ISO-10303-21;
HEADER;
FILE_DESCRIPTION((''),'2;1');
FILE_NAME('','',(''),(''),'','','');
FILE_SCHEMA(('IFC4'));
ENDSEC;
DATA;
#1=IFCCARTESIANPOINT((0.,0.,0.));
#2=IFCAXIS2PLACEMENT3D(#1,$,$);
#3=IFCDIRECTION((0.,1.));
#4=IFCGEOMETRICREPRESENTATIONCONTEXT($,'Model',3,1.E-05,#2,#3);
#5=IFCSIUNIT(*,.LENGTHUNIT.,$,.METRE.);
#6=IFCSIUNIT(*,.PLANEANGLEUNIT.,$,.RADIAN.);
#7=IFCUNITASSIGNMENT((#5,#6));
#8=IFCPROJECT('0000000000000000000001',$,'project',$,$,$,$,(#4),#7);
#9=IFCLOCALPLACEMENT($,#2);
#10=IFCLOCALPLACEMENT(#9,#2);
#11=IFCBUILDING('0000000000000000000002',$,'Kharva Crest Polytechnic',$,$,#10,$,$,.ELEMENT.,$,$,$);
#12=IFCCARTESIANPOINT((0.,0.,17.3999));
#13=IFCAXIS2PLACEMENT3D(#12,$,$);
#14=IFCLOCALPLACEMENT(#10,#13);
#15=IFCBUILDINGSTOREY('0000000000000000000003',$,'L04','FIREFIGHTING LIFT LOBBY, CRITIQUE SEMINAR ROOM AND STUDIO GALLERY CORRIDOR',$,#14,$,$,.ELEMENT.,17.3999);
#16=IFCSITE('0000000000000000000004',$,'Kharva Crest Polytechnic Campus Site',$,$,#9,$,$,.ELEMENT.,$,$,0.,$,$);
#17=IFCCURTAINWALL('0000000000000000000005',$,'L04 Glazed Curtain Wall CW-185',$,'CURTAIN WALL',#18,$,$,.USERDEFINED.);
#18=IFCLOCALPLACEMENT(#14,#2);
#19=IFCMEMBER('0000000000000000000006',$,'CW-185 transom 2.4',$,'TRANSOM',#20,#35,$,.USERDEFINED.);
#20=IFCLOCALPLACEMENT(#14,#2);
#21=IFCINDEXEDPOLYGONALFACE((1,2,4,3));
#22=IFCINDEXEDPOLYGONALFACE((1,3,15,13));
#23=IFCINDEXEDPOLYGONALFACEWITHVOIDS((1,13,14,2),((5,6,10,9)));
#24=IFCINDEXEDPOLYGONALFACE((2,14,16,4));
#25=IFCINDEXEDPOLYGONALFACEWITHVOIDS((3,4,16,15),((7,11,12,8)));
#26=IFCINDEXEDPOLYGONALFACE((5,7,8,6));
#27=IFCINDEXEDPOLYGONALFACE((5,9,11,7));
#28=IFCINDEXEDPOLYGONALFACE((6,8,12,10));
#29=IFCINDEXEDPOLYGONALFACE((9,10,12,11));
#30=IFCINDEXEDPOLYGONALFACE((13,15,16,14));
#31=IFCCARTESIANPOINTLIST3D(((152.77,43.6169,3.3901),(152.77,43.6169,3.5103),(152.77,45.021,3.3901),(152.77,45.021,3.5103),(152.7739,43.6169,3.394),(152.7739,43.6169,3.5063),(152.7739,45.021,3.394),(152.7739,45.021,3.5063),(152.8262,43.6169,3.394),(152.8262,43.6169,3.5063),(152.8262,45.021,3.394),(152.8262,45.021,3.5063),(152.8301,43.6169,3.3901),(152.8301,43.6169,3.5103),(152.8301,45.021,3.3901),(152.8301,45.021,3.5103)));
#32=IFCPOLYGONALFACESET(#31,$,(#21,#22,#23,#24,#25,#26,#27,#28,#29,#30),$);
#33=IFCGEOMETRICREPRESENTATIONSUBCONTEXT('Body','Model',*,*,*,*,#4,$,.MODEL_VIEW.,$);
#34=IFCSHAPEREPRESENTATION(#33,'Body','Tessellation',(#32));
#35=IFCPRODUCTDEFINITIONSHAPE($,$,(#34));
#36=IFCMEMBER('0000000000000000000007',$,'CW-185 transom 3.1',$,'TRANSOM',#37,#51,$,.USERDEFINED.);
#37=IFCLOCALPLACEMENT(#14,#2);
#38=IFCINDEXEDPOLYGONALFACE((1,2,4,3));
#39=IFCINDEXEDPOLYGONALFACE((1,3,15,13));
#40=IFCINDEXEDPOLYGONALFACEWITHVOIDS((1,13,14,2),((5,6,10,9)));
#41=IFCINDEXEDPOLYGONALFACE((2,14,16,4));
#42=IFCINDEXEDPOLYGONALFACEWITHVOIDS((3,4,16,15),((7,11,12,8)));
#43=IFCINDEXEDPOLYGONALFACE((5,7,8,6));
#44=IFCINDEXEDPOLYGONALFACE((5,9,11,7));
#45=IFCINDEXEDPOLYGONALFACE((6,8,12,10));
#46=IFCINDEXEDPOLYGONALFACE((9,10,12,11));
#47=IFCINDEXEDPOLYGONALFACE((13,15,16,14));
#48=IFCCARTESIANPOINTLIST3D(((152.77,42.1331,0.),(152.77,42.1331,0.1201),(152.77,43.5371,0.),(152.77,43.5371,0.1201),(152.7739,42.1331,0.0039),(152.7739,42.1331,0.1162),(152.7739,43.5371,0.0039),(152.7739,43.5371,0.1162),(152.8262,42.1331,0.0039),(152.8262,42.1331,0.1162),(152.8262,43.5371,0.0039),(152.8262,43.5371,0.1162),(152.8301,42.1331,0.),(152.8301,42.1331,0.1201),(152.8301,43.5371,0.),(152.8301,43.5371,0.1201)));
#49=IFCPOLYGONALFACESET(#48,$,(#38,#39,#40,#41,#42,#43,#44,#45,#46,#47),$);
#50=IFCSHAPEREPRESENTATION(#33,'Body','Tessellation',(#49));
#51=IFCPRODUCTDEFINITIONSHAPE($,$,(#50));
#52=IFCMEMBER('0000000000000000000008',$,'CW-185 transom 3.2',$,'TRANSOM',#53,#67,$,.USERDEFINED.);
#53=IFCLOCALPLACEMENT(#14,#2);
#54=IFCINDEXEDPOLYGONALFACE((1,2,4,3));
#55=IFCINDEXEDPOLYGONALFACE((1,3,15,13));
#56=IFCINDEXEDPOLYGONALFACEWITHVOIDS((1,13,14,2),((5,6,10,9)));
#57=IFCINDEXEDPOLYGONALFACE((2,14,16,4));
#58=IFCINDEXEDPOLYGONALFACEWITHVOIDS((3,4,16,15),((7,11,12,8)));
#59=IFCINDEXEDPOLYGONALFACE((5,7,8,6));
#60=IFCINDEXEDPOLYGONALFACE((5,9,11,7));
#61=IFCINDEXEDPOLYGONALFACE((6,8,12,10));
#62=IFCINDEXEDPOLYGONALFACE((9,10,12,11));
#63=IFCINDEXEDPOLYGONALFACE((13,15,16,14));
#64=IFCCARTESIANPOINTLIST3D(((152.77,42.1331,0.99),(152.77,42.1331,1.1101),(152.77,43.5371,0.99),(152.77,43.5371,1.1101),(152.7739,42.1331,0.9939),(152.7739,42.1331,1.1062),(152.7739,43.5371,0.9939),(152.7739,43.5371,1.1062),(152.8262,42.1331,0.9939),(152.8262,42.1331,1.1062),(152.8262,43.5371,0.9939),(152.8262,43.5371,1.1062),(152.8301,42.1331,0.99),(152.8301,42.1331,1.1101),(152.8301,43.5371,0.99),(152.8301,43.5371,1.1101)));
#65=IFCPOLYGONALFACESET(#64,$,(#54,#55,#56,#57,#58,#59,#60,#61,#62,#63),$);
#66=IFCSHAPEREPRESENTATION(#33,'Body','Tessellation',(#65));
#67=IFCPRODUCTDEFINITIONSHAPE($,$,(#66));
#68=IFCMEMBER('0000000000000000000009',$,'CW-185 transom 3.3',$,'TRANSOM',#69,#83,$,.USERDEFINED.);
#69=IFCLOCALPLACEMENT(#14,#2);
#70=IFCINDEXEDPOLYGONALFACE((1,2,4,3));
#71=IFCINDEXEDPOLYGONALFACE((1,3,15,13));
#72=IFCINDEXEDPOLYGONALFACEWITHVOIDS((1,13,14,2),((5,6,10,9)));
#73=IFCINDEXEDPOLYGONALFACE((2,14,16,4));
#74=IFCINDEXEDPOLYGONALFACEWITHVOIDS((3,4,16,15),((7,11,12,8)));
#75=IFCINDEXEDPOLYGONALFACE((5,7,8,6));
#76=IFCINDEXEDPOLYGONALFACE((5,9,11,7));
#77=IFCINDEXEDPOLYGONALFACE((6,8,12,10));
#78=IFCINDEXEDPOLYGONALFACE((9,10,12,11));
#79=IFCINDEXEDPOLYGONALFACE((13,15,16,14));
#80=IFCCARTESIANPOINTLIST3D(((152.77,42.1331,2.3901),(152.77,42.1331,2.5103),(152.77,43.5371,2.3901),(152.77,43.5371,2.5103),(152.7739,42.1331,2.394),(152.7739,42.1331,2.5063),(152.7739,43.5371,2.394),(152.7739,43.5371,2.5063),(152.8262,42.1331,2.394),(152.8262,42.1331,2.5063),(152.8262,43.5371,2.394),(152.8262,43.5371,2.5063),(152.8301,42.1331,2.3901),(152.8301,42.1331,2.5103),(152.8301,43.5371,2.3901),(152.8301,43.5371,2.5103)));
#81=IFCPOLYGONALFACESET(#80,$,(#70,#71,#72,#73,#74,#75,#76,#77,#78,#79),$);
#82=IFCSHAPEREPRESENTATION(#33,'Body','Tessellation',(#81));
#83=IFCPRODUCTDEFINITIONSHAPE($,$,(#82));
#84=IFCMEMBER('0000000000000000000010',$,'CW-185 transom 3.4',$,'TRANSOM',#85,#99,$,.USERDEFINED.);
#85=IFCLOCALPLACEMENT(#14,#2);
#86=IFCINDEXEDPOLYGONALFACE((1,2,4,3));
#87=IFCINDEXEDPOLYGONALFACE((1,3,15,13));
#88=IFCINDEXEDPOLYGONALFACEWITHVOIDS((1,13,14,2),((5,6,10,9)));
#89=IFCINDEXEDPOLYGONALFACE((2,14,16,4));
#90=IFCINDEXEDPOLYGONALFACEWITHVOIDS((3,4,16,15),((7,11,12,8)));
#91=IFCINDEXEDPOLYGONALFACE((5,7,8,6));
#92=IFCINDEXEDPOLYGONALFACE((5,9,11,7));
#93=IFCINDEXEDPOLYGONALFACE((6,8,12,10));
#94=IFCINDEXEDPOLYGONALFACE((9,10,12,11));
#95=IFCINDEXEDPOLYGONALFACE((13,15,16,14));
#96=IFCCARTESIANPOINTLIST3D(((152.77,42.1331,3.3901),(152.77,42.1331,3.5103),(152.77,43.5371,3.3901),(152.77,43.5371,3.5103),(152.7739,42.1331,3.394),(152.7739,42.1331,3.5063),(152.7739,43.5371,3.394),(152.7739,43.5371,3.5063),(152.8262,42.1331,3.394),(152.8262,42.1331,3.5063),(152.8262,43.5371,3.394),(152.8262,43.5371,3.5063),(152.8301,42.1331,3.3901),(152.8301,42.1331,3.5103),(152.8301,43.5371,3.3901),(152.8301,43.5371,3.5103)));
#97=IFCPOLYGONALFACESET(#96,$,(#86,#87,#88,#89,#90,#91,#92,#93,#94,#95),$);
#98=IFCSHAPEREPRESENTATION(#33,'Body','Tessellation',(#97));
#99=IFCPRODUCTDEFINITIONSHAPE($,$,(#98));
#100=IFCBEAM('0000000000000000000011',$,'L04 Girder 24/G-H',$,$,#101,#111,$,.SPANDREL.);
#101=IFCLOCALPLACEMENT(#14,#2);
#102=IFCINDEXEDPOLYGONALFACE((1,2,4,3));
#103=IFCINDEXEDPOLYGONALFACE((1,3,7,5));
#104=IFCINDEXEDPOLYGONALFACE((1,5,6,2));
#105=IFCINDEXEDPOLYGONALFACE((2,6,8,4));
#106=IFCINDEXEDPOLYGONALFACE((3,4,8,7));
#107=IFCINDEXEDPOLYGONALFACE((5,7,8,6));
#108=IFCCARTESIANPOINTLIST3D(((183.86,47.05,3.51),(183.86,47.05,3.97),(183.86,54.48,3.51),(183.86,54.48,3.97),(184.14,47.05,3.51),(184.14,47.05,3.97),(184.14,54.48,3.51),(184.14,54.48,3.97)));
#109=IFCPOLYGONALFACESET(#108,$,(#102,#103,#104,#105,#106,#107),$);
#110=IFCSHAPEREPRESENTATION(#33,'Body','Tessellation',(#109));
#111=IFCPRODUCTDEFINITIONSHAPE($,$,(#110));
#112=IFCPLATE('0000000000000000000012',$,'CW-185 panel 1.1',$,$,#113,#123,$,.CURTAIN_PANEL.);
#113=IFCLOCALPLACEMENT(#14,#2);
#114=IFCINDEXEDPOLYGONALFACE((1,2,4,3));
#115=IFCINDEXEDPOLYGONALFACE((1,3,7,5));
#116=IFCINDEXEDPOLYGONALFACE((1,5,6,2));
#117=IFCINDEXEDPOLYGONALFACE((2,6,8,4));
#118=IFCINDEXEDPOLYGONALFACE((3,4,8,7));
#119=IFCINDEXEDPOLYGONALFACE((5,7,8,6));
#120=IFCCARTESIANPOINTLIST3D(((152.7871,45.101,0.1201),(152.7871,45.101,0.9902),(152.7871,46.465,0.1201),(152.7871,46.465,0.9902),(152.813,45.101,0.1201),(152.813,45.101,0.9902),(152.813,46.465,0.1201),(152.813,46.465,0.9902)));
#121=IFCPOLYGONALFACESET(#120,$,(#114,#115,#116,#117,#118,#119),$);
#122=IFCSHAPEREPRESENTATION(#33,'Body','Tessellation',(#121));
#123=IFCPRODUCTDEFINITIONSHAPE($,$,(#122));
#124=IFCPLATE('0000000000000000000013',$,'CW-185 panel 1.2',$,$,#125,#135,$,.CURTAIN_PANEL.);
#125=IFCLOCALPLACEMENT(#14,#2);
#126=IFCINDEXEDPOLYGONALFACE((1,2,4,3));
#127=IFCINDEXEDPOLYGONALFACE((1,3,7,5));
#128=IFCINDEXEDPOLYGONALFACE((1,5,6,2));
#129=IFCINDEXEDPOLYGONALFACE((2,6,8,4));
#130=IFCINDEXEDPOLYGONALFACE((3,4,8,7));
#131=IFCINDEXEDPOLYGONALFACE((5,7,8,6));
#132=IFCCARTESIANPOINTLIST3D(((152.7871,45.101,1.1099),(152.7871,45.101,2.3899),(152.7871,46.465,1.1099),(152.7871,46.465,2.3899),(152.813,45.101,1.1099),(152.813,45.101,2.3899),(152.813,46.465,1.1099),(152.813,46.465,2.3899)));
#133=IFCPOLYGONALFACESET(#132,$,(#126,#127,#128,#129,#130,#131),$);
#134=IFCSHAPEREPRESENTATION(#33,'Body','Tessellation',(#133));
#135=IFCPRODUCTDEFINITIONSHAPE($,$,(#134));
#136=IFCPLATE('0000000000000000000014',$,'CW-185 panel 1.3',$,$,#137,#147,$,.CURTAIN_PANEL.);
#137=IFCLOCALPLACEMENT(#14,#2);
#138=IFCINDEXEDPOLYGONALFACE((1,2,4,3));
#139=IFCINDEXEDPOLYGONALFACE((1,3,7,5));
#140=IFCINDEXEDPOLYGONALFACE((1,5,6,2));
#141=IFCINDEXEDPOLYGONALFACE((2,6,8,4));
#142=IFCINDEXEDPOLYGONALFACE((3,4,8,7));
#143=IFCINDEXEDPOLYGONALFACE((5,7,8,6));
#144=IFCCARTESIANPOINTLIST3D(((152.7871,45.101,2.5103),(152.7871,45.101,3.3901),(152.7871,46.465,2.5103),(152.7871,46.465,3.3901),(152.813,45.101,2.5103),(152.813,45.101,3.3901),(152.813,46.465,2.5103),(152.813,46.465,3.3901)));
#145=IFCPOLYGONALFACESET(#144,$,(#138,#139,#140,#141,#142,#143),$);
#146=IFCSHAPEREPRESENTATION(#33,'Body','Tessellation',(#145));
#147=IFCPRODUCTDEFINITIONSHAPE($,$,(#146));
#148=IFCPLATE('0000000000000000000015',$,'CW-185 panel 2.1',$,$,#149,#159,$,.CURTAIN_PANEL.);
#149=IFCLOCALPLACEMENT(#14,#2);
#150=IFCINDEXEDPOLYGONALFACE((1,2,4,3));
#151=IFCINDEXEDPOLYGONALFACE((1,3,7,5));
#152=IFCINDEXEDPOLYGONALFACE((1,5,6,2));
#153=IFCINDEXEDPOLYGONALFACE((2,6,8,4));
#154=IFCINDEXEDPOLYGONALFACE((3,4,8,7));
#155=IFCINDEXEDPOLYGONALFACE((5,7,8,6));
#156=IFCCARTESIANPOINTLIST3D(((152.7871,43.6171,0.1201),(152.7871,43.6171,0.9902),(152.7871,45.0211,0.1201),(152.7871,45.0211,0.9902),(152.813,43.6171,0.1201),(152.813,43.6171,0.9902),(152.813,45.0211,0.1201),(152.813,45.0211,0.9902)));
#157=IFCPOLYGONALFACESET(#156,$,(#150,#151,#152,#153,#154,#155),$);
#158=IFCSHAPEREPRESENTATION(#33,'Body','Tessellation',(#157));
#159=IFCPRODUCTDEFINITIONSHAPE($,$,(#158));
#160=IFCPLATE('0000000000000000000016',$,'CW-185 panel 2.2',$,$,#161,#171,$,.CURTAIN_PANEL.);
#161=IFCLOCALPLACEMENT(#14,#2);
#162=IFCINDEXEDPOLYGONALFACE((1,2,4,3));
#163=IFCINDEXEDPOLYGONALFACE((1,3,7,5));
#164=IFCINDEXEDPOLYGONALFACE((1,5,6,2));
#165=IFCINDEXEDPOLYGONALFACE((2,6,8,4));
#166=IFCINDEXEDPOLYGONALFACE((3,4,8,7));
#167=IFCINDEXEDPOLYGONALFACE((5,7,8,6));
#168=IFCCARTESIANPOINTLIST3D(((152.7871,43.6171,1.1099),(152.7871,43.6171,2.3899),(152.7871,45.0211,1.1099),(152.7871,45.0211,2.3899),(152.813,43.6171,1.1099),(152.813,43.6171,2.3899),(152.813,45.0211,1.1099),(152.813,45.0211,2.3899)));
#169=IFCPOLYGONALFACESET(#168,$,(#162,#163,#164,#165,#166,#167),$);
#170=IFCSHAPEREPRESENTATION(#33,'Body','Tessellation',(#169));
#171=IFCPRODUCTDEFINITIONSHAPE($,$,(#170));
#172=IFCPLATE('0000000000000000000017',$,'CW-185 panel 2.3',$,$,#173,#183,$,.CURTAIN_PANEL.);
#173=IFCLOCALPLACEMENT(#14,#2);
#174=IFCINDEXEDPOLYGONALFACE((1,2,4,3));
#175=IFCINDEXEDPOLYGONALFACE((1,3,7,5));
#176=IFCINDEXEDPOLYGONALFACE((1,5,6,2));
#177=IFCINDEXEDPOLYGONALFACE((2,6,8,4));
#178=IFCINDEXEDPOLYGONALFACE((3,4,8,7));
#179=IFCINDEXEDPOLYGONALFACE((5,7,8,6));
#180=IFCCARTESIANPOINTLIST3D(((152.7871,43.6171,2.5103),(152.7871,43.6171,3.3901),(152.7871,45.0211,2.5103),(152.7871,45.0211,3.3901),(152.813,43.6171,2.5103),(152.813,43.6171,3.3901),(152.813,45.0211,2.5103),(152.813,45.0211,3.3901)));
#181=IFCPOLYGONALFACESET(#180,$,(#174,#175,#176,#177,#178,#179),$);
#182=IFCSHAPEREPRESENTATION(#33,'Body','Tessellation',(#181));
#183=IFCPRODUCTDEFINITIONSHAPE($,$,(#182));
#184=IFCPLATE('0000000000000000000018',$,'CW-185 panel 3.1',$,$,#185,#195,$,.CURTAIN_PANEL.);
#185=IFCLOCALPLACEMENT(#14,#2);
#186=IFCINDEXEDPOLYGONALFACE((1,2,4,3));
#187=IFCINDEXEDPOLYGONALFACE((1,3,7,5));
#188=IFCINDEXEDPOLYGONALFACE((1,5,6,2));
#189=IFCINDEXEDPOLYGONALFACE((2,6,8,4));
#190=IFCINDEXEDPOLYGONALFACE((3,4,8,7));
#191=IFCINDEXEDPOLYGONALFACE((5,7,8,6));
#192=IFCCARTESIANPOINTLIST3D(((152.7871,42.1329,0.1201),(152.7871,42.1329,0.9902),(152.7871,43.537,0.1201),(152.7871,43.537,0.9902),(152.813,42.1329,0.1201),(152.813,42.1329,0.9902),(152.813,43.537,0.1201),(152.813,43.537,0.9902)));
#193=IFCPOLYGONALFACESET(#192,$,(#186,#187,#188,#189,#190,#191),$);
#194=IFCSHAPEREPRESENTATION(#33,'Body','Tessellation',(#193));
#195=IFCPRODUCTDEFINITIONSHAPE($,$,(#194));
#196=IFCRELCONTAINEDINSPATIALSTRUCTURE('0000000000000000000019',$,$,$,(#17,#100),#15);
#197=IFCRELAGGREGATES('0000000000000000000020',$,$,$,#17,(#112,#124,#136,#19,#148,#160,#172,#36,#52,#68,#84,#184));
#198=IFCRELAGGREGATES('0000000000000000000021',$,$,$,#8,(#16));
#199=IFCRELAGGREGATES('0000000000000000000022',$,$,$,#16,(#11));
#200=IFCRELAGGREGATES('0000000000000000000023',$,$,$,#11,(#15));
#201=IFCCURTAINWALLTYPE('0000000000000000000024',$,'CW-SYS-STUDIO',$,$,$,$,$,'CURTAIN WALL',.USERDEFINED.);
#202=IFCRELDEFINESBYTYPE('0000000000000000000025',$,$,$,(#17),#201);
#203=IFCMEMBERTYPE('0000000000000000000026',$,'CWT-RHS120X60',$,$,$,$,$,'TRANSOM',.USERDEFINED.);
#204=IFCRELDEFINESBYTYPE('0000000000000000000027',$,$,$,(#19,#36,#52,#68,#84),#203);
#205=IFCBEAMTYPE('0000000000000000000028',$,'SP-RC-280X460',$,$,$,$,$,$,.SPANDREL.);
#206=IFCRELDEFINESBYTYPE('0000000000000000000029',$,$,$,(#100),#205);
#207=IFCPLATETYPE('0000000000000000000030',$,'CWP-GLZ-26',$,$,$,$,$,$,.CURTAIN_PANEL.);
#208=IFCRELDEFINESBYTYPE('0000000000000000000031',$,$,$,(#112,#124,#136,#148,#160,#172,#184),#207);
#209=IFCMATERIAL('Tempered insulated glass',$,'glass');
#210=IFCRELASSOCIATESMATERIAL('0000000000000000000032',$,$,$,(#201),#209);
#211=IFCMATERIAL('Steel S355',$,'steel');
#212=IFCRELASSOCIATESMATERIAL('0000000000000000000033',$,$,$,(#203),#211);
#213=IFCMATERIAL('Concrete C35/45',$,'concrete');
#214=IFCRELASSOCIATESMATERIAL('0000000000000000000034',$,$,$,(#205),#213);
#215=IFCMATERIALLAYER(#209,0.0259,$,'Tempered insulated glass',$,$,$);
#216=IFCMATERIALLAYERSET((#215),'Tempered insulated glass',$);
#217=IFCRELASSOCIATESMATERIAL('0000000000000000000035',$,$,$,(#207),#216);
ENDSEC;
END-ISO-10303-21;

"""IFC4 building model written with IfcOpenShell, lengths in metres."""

from ifc_helpers import new_model, si_unit, direction, frame, origin, origin_2d, place, context, subcontext, project, spatial, rectangle, hollow_rectangle, extrude, material, layer, layer_set, material_profile, profile_set, type_object, element, aggregate, save


model = new_model("IFC4")

# Units and contexts
model_context = context("Model", 3, precision=1e-05, world=origin(), true_north=direction((0.0, 1.0)))
body_context = subcontext(model_context, "Body", "Model", "MODEL_VIEW")
ifc_project = project(units=[si_unit("LENGTHUNIT", "METRE"), si_unit("PLANEANGLEUNIT", "RADIAN")], contexts=[model_context])

# Site, building, storey
site_placement = place(None, origin())
site = spatial("IfcSite", under=ifc_project, at=site_placement, Name="Kharva Crest Polytechnic Campus Site", CompositionType="ELEMENT", RefElevation=0.0)
building_placement = place(site_placement, origin())
building = spatial("IfcBuilding", under=site, at=building_placement, Name="Kharva Crest Polytechnic", CompositionType="ELEMENT")
storey_placement = place(building_placement, frame((0.0, 0.0, 17.3999)))
storey = spatial("IfcBuildingStorey", under=building, at=storey_placement, Name="L04", Description="FIREFIGHTING LIFT LOBBY, CRITIQUE SEMINAR ROOM AND STUDIO GALLERY CORRIDOR", CompositionType="ELEMENT", Elevation=17.3999)

# Shared definitions
ifc_material_1 = material(Name="Concrete C35/45", Category="concrete")

# Curtain wall
ifc_material_2 = material(Name="Tempered insulated glass", Category="glass")
curtain_wall_type = type_object("IfcCurtainWallType", Name="CW-SYS-STUDIO", ElementType="CURTAIN WALL", PredefinedType="USERDEFINED", material=ifc_material_2)
curtain_wall_1_placement = place(storey_placement, origin())
curtain_wall_1 = element("IfcCurtainWall", 1, at=curtain_wall_1_placement, inside=storey, type_object=curtain_wall_type, Name="L04 Glazed Curtain Wall CW-185", ObjectType="CURTAIN WALL", PredefinedType="USERDEFINED")
ifc_material_3 = material(Name="Steel S355", Category="steel")

# Members
ifc_material_profile_1 = material_profile(ifc_material_3, hollow_rectangle(XDim=0.0601, YDim=0.1201, WallThickness=0.0039, at=origin_2d()), Name="RHS 120X60X4.0")
ifc_profile_set_1 = profile_set([ifc_material_profile_1], Name="Steel S355")
member_type_1 = type_object("IfcMemberType", Name="CWT-RHS120X60", ElementType="TRANSOM", PredefinedType="USERDEFINED", material=ifc_profile_set_1)
member_1_placement = place(storey_placement, frame((152.8, 45.021, 3.4502), z_axis=(0.0, -1.0, 0.0), x_axis=(1.0, 0.0, 0.0)))
member_1 = element("IfcMember", 2, at=member_1_placement, type_object=member_type_1, Name="CW-185 transom 2.4", ObjectType="TRANSOM", PredefinedType="USERDEFINED", context=body_context, shape_type="SweptSolid", body=[
    extrude(hollow_rectangle(XDim=0.0601, YDim=0.1201, WallThickness=0.0039, at=origin_2d()), origin(), (0.0, 0.0, 1.0), 1.4041),
])
member_2_placement = place(storey_placement, frame((152.8, 43.5371, 0.0601), z_axis=(0.0, -1.0, 0.0), x_axis=(1.0, 0.0, 0.0)))
member_2 = element("IfcMember", 3, at=member_2_placement, type_object=member_type_1, Name="CW-185 transom 3.1", ObjectType="TRANSOM", PredefinedType="USERDEFINED", context=body_context, shape_type="SweptSolid", body=[
    extrude(hollow_rectangle(XDim=0.0601, YDim=0.1201, WallThickness=0.0039, at=origin_2d()), origin(), (0.0, 0.0, 1.0), 1.4041),
])
member_3_placement = place(storey_placement, frame((152.8, 43.5371, 1.05), z_axis=(0.0, -1.0, 0.0), x_axis=(1.0, 0.0, 0.0)))
member_3 = element("IfcMember", 4, at=member_3_placement, type_object=member_type_1, Name="CW-185 transom 3.2", ObjectType="TRANSOM", PredefinedType="USERDEFINED", context=body_context, shape_type="SweptSolid", body=[
    extrude(hollow_rectangle(XDim=0.0601, YDim=0.1201, WallThickness=0.0039, at=origin_2d()), origin(), (0.0, 0.0, 1.0), 1.4041),
])
member_4_placement = place(storey_placement, frame((152.8, 43.5371, 2.4502), z_axis=(0.0, -1.0, 0.0), x_axis=(1.0, 0.0, 0.0)))
member_4 = element("IfcMember", 5, at=member_4_placement, type_object=member_type_1, Name="CW-185 transom 3.3", ObjectType="TRANSOM", PredefinedType="USERDEFINED", context=body_context, shape_type="SweptSolid", body=[
    extrude(hollow_rectangle(XDim=0.0601, YDim=0.1201, WallThickness=0.0039, at=origin_2d()), origin(), (0.0, 0.0, 1.0), 1.4041),
])
member_5_placement = place(storey_placement, frame((152.8, 43.5371, 3.4502), z_axis=(0.0, -1.0, 0.0), x_axis=(1.0, 0.0, 0.0)))
member_5 = element("IfcMember", 6, at=member_5_placement, type_object=member_type_1, Name="CW-185 transom 3.4", ObjectType="TRANSOM", PredefinedType="USERDEFINED", context=body_context, shape_type="SweptSolid", body=[
    extrude(hollow_rectangle(XDim=0.0601, YDim=0.1201, WallThickness=0.0039, at=origin_2d()), origin(), (0.0, 0.0, 1.0), 1.4041),
])

# Beam
ifc_material_profile_2 = material_profile(ifc_material_1, rectangle(XDim=0.28, YDim=0.46, at=origin_2d()), Name="RECT 280 X 460")
ifc_profile_set_2 = profile_set([ifc_material_profile_2], Name="Concrete C35/45")
beam_type_1 = type_object("IfcBeamType", Name="SP-RC-280X460", PredefinedType="SPANDREL", material=ifc_profile_set_2)
beam_1_placement = place(storey_placement, frame((184.0, 47.05, 3.74), z_axis=(0.0, 1.0, 0.0), x_axis=(-1.0, 0.0, 0.0)))
element("IfcBeam", 7, at=beam_1_placement, inside=storey, type_object=beam_type_1, Name="L04 Girder 24/G-H", PredefinedType="SPANDREL", context=body_context, shape_type="SweptSolid", body=[
    extrude(rectangle(XDim=0.28, YDim=0.46, at=origin_2d()), origin(), (0.0, 0.0, 1.0), 7.4299),
])

# Plates
ifc_layer = layer(ifc_material_2, 0.0259, Name="Tempered insulated glass")
ifc_layer_set = layer_set([ifc_layer], Name="Tempered insulated glass")
plate_type = type_object("IfcPlateType", Name="CWP-GLZ-26", PredefinedType="CURTAIN_PANEL", material=ifc_layer_set)
plate_1_placement = place(storey_placement, frame((152.8, 45.783, 0.1201), z_axis=(0.0, 0.0, 1.0), x_axis=(0.0, -1.0, 0.0)))
plate_1 = element("IfcPlate", 8, at=plate_1_placement, type_object=plate_type, Name="CW-185 panel 1.1", PredefinedType="CURTAIN_PANEL", context=body_context, shape_type="SweptSolid", body=[
    extrude(rectangle(XDim=1.364, YDim=0.0259, at=origin_2d()), origin(), (0.0, 0.0, 1.0), 0.8701),
])
plate_2_placement = place(storey_placement, frame((152.8, 45.783, 1.1099), z_axis=(0.0, 0.0, 1.0), x_axis=(0.0, -1.0, 0.0)))
plate_2 = element("IfcPlate", 9, at=plate_2_placement, type_object=plate_type, Name="CW-185 panel 1.2", PredefinedType="CURTAIN_PANEL", context=body_context, shape_type="SweptSolid", body=[
    extrude(rectangle(XDim=1.364, YDim=0.0259, at=origin_2d()), origin(), (0.0, 0.0, 1.0), 1.28),
])
plate_3_placement = place(storey_placement, frame((152.8, 45.783, 2.5103), z_axis=(0.0, 0.0, 1.0), x_axis=(0.0, -1.0, 0.0)))
plate_3 = element("IfcPlate", 10, at=plate_3_placement, type_object=plate_type, Name="CW-185 panel 1.3", PredefinedType="CURTAIN_PANEL", context=body_context, shape_type="SweptSolid", body=[
    extrude(rectangle(XDim=1.364, YDim=0.0259, at=origin_2d()), origin(), (0.0, 0.0, 1.0), 0.8799),
])
plate_4_placement = place(storey_placement, frame((152.8, 44.3191, 0.1201), z_axis=(0.0, 0.0, 1.0), x_axis=(0.0, -1.0, 0.0)))
plate_4 = element("IfcPlate", 11, at=plate_4_placement, type_object=plate_type, Name="CW-185 panel 2.1", PredefinedType="CURTAIN_PANEL", context=body_context, shape_type="SweptSolid", body=[
    extrude(rectangle(XDim=1.4041, YDim=0.0259, at=origin_2d()), origin(), (0.0, 0.0, 1.0), 0.8701),
])
plate_5_placement = place(storey_placement, frame((152.8, 44.3191, 1.1099), z_axis=(0.0, 0.0, 1.0), x_axis=(0.0, -1.0, 0.0)))
plate_5 = element("IfcPlate", 12, at=plate_5_placement, type_object=plate_type, Name="CW-185 panel 2.2", PredefinedType="CURTAIN_PANEL", context=body_context, shape_type="SweptSolid", body=[
    extrude(rectangle(XDim=1.4041, YDim=0.0259, at=origin_2d()), origin(), (0.0, 0.0, 1.0), 1.28),
])
plate_6_placement = place(storey_placement, frame((152.8, 44.3191, 2.5103), z_axis=(0.0, 0.0, 1.0), x_axis=(0.0, -1.0, 0.0)))
plate_6 = element("IfcPlate", 13, at=plate_6_placement, type_object=plate_type, Name="CW-185 panel 2.3", PredefinedType="CURTAIN_PANEL", context=body_context, shape_type="SweptSolid", body=[
    extrude(rectangle(XDim=1.4041, YDim=0.0259, at=origin_2d()), origin(), (0.0, 0.0, 1.0), 0.8799),
])
plate_7_placement = place(storey_placement, frame((152.8, 42.835, 0.1201), z_axis=(0.0, 0.0, 1.0), x_axis=(0.0, -1.0, 0.0)))
plate_7 = element("IfcPlate", 14, at=plate_7_placement, type_object=plate_type, Name="CW-185 panel 3.1", PredefinedType="CURTAIN_PANEL", context=body_context, shape_type="SweptSolid", body=[
    extrude(rectangle(XDim=1.4041, YDim=0.0259, at=origin_2d()), origin(), (0.0, 0.0, 1.0), 0.8701),
])
aggregate(curtain_wall_1, [plate_1, plate_2, plate_3, member_1, plate_4, plate_5, plate_6, member_2, member_3, member_4, member_5, plate_7])

save(model, "model.ifc")
